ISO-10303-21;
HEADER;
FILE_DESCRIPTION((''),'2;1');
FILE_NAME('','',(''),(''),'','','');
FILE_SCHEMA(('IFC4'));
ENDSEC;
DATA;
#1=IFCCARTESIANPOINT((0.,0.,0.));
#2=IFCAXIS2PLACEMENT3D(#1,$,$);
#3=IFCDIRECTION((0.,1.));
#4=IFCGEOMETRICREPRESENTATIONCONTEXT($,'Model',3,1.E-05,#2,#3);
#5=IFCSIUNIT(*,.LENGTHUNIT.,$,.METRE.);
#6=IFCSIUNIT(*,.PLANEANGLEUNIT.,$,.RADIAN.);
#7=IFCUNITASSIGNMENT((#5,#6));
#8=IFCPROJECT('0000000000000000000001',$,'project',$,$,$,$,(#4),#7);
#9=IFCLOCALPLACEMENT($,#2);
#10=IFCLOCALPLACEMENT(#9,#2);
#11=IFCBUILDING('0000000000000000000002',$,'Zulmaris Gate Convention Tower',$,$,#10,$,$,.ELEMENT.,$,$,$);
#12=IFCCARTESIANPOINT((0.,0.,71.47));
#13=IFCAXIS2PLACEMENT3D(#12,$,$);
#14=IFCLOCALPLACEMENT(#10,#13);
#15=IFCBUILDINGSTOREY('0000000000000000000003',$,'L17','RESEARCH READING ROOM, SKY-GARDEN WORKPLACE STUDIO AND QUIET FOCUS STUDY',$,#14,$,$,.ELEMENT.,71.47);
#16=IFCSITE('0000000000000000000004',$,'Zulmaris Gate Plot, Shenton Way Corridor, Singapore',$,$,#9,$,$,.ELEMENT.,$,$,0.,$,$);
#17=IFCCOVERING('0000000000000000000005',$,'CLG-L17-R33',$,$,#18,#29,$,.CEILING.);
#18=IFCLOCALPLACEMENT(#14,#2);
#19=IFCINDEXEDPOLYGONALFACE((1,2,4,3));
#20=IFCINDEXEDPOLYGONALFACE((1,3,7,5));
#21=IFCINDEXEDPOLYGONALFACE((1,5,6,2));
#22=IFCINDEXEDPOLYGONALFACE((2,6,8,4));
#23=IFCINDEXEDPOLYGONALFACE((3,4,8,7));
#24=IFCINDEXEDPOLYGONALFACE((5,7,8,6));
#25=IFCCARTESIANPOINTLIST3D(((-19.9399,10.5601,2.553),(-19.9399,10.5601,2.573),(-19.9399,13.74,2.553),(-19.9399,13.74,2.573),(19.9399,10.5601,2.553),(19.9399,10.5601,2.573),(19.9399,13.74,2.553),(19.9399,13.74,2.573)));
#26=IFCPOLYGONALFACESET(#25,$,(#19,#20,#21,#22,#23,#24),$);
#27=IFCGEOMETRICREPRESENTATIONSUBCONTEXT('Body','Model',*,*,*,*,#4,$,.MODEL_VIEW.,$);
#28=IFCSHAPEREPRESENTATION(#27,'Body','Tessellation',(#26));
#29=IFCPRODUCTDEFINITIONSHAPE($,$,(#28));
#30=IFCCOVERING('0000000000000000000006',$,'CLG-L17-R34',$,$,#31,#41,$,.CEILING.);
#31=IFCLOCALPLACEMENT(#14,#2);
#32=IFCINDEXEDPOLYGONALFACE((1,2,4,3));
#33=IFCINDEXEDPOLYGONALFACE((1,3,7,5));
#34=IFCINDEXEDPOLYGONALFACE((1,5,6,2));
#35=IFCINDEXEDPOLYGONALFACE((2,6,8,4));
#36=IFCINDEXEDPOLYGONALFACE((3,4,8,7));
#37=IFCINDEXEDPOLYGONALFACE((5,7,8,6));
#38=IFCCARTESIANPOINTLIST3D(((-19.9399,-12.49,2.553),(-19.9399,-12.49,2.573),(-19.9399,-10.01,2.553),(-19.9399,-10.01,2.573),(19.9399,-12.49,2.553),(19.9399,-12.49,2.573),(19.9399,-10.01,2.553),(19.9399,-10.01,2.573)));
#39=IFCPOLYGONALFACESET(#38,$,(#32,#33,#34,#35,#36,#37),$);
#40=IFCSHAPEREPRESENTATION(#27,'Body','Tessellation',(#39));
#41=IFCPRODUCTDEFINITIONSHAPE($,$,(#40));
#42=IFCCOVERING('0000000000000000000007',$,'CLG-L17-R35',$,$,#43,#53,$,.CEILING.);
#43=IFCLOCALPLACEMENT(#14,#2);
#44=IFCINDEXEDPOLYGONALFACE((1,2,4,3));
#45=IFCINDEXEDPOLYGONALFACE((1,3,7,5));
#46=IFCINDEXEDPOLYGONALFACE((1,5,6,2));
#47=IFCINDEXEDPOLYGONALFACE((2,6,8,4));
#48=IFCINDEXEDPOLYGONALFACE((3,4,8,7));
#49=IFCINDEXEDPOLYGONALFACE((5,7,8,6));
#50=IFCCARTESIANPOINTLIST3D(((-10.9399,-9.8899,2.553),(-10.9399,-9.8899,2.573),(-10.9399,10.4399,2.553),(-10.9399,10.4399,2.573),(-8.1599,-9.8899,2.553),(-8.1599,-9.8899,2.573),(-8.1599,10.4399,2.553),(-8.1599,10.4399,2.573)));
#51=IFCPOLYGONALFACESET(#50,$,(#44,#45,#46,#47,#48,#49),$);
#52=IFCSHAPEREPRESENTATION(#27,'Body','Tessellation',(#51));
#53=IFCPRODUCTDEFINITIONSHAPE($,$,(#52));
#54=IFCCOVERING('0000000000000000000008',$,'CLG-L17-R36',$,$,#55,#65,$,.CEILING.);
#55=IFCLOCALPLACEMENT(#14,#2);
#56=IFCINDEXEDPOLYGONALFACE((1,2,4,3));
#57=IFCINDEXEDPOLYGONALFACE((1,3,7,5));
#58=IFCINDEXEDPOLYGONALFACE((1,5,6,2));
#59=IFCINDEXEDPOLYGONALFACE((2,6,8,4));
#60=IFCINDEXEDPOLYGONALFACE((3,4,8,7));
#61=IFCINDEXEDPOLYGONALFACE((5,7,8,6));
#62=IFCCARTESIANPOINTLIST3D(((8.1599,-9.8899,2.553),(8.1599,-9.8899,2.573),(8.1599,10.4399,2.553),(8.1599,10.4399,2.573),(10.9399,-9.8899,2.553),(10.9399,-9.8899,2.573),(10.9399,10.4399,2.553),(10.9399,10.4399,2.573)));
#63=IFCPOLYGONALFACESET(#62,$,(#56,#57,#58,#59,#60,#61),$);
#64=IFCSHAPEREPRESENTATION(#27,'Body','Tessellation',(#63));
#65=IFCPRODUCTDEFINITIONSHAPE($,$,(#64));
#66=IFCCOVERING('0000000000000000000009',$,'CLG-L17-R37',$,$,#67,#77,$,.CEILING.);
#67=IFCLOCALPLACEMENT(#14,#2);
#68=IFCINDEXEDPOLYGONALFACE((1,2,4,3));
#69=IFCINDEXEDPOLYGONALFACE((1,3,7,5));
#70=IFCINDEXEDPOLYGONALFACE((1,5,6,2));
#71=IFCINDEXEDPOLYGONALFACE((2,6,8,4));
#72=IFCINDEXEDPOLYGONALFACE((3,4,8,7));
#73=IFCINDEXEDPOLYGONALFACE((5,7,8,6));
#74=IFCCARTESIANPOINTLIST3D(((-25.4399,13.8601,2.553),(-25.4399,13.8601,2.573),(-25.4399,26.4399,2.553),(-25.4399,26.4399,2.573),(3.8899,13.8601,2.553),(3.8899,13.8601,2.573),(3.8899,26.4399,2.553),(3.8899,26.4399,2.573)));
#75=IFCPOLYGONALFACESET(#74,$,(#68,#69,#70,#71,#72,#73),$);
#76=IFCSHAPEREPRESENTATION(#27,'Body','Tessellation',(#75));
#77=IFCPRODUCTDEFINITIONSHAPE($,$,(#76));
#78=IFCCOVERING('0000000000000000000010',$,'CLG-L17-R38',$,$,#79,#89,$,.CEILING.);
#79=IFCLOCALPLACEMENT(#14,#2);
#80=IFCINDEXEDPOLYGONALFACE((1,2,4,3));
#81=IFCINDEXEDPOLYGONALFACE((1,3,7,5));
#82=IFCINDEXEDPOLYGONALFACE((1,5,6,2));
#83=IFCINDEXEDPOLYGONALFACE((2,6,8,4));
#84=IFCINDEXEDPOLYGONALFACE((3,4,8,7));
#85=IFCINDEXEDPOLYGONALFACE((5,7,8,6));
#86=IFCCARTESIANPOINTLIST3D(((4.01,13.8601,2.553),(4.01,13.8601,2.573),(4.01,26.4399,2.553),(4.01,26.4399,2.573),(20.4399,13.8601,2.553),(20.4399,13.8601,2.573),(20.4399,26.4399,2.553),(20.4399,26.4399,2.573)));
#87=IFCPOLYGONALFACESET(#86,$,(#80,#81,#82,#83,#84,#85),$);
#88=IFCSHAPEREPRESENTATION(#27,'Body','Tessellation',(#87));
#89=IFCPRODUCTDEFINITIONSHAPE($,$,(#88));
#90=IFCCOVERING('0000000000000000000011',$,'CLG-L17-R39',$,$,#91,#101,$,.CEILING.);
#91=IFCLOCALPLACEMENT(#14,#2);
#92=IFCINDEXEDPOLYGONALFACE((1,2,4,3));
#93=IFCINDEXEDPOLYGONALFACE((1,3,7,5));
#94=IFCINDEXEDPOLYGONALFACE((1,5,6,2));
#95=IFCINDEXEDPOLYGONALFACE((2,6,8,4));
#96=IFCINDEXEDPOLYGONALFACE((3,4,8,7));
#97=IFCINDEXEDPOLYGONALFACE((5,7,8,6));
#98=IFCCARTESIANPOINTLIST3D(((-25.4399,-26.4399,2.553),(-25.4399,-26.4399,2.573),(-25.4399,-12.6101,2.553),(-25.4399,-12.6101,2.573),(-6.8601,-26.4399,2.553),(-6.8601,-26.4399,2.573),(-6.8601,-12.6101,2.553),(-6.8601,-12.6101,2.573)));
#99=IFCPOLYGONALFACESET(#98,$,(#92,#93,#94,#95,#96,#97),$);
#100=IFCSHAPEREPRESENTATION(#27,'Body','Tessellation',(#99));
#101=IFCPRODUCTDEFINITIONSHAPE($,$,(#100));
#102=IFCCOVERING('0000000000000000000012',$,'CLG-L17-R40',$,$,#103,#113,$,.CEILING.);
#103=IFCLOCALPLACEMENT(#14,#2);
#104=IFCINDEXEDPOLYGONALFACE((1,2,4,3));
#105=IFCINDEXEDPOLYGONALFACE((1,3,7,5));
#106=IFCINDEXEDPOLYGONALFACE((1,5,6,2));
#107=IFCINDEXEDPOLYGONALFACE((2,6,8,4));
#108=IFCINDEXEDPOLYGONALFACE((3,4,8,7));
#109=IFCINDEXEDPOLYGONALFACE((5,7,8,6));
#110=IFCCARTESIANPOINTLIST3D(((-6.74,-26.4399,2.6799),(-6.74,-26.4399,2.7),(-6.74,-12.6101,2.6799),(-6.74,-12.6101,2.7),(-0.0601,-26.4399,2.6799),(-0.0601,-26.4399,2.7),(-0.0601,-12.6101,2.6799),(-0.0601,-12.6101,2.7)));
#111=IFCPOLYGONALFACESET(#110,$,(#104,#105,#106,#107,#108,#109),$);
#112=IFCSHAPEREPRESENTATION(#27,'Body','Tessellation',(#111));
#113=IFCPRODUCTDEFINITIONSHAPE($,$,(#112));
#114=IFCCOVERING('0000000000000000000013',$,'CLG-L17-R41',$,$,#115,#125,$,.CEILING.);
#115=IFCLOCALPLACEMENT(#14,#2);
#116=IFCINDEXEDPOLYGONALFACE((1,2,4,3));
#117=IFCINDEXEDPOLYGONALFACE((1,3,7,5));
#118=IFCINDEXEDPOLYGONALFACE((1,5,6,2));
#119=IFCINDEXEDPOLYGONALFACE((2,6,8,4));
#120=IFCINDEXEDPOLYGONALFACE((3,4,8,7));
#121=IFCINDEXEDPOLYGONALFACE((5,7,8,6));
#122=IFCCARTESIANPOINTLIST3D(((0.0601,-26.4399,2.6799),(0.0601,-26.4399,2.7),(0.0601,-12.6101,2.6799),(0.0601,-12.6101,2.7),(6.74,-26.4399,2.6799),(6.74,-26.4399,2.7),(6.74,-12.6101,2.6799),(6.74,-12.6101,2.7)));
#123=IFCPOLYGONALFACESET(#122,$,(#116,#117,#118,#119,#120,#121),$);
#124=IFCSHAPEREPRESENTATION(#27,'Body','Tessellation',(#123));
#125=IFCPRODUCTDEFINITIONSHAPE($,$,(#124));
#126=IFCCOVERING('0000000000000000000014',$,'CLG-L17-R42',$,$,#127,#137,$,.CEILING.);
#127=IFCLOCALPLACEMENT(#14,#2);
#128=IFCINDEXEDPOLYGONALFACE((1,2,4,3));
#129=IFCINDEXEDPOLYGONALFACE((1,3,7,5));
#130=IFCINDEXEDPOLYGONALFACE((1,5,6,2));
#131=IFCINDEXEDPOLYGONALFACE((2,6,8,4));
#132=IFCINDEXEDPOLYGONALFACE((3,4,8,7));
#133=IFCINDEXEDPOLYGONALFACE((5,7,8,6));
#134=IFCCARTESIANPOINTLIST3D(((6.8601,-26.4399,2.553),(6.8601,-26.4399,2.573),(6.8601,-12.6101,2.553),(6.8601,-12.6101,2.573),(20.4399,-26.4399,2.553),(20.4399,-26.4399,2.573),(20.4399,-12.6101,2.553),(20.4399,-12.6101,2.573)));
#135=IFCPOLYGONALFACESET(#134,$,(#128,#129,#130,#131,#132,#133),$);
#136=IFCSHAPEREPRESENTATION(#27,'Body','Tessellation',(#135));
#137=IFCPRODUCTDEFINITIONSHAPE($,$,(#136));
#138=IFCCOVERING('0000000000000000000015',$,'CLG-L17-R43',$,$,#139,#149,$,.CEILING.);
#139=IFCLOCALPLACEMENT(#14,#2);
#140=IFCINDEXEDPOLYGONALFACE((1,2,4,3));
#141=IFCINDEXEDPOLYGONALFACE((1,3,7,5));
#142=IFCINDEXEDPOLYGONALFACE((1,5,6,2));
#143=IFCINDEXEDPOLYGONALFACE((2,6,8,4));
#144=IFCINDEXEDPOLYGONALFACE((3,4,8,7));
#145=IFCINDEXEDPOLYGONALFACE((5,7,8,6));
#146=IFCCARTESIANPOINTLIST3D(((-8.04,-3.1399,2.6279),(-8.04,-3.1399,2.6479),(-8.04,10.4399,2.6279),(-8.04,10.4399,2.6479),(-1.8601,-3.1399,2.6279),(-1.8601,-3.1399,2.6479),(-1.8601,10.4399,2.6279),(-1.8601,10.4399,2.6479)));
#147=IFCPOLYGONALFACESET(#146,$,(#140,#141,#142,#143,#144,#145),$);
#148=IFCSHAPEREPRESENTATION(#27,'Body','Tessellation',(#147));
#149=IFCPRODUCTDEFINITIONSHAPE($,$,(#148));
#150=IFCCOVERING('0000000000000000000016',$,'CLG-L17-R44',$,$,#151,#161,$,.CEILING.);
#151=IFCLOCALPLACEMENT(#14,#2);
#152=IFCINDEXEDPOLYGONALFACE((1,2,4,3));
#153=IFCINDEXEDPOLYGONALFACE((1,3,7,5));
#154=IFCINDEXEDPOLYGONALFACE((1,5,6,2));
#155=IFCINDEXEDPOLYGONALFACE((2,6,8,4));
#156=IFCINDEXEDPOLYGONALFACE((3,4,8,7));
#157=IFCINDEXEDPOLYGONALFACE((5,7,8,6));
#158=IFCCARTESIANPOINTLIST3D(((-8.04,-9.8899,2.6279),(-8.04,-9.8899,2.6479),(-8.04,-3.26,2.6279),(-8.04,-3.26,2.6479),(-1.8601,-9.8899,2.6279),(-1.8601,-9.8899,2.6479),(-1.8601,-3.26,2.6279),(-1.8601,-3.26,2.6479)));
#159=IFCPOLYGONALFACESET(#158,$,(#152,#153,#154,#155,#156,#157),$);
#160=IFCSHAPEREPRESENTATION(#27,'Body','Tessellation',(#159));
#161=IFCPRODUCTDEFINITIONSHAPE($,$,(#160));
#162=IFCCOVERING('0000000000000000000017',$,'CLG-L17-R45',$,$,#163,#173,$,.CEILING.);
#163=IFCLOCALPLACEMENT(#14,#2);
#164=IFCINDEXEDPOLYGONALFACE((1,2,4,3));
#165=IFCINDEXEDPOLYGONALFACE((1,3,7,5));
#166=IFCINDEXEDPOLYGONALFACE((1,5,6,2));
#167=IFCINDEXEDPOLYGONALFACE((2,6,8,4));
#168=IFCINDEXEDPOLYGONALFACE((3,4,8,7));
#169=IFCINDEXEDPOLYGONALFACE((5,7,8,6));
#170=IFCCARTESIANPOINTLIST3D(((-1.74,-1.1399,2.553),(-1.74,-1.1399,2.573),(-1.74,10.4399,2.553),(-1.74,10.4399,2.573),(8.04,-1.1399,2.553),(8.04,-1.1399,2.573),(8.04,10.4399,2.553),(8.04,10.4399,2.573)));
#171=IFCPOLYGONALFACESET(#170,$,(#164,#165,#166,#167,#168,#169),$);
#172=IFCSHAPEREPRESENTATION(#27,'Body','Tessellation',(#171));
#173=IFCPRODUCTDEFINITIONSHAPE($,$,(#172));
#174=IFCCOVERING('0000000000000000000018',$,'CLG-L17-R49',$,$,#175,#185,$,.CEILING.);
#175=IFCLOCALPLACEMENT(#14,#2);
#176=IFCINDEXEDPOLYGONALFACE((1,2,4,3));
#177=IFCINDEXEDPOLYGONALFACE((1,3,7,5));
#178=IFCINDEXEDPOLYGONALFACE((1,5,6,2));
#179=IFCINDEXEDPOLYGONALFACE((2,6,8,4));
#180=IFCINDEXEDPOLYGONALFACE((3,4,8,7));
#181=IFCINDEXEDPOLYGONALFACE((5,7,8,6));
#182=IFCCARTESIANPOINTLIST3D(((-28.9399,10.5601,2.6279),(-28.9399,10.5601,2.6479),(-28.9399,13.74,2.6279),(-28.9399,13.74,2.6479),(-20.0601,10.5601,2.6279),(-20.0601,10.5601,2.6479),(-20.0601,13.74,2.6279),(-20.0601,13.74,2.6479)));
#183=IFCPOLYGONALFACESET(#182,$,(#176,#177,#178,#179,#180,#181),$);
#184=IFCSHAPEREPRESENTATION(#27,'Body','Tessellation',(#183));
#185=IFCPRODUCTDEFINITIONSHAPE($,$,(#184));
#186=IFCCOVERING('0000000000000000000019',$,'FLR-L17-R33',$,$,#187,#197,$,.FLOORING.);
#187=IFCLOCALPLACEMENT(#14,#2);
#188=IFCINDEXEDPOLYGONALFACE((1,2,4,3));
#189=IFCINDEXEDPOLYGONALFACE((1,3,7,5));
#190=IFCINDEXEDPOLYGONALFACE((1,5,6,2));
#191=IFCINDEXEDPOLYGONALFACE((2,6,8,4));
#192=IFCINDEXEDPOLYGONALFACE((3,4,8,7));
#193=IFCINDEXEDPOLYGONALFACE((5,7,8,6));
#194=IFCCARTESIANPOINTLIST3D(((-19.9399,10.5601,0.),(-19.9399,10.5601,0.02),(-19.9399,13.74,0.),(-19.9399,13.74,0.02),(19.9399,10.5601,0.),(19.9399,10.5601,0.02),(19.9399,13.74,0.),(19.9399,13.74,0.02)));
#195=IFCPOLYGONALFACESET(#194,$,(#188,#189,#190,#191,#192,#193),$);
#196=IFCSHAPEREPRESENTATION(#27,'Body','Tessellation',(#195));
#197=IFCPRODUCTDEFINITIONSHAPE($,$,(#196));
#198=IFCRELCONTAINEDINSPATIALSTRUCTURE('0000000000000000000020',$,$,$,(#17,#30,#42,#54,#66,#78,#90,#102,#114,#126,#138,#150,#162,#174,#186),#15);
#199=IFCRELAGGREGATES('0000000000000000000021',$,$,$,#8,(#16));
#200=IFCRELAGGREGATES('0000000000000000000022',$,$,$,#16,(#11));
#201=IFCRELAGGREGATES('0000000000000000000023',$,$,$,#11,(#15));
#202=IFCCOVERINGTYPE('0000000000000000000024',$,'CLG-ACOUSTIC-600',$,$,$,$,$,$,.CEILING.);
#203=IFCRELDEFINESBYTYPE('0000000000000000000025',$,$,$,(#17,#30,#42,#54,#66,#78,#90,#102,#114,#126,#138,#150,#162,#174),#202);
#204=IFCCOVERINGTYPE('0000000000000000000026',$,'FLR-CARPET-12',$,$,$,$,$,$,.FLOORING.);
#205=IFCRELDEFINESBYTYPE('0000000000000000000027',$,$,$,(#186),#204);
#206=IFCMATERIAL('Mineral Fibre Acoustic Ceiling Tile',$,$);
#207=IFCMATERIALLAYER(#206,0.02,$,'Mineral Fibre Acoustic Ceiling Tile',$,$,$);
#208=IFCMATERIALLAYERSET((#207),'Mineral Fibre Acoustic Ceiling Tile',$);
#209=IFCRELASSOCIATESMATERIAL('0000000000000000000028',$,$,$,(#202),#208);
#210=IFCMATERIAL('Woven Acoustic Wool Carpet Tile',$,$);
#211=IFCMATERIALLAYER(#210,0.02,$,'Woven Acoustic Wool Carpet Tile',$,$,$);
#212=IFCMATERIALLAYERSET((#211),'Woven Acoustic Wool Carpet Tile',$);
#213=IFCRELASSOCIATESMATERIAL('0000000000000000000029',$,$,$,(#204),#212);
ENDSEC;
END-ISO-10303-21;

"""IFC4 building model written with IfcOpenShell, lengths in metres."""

from ifc_helpers import new_model, si_unit, direction, frame, origin, place, context, subcontext, project, spatial, polyline, outline, extrude, material, layer, layer_set, type_object, element, save


model = new_model("IFC4")

# Units and contexts
model_context = context("Model", 3, precision=1e-05, world=origin(), true_north=direction((0.0, 1.0)))
body_context = subcontext(model_context, "Body", "Model", "MODEL_VIEW")
ifc_project = project(units=[si_unit("LENGTHUNIT", "METRE"), si_unit("PLANEANGLEUNIT", "RADIAN")], contexts=[model_context])

# Site, building, storey
site_placement = place(None, origin())
site = spatial("IfcSite", under=ifc_project, at=site_placement, Name="Zulmaris Gate Plot, Shenton Way Corridor, Singapore", CompositionType="ELEMENT", RefElevation=0.0)
building_placement = place(site_placement, origin())
building = spatial("IfcBuilding", under=site, at=building_placement, Name="Zulmaris Gate Convention Tower", CompositionType="ELEMENT")
storey_placement = place(building_placement, frame((0.0, 0.0, 71.47)))
storey = spatial("IfcBuildingStorey", under=building, at=storey_placement, Name="L17", Description="RESEARCH READING ROOM, SKY-GARDEN WORKPLACE STUDIO AND QUIET FOCUS STUDY", CompositionType="ELEMENT", Elevation=71.47)

# Coverings
ifc_material_1 = material(Name="Mineral Fibre Acoustic Ceiling Tile")
ifc_layer_1 = layer(ifc_material_1, 0.02, Name="Mineral Fibre Acoustic Ceiling Tile")
ifc_layer_set_1 = layer_set([ifc_layer_1], Name="Mineral Fibre Acoustic Ceiling Tile")
covering_type_1 = type_object("IfcCoveringType", Name="CLG-ACOUSTIC-600", PredefinedType="CEILING", material=ifc_layer_set_1)
covering_1_placement = place(storey_placement, frame((0.0, 0.0, 2.553)))
element("IfcCovering", 1, at=covering_1_placement, inside=storey, type_object=covering_type_1, Name="CLG-L17-R33", PredefinedType="CEILING", context=body_context, shape_type="SweptSolid", body=[
    extrude(outline(polyline([(-19.9399, 10.5601), (19.9399, 10.5601), (19.9399, 13.74), (-19.9399, 13.74), (-19.9399, 10.5601)])), origin(), (0.0, 0.0, 1.0), 0.02),
])
covering_2_placement = place(storey_placement, frame((0.0, 0.0, 2.553)))
element("IfcCovering", 2, at=covering_2_placement, inside=storey, type_object=covering_type_1, Name="CLG-L17-R34", PredefinedType="CEILING", context=body_context, shape_type="SweptSolid", body=[
    extrude(outline(polyline([(-19.9399, -12.49), (19.9399, -12.49), (19.9399, -10.01), (-19.9399, -10.01), (-19.9399, -12.49)])), origin(), (0.0, 0.0, 1.0), 0.02),
])
covering_3_placement = place(storey_placement, frame((0.0, 0.0, 2.553)))
element("IfcCovering", 3, at=covering_3_placement, inside=storey, type_object=covering_type_1, Name="CLG-L17-R35", PredefinedType="CEILING", context=body_context, shape_type="SweptSolid", body=[
    extrude(outline(polyline([(-10.9399, -9.8899), (-8.1599, -9.8899), (-8.1599, 10.4399), (-10.9399, 10.4399), (-10.9399, -9.8899)])), origin(), (0.0, 0.0, 1.0), 0.02),
])
covering_4_placement = place(storey_placement, frame((0.0, 0.0, 2.553)))
element("IfcCovering", 4, at=covering_4_placement, inside=storey, type_object=covering_type_1, Name="CLG-L17-R36", PredefinedType="CEILING", context=body_context, shape_type="SweptSolid", body=[
    extrude(outline(polyline([(8.1599, -9.8899), (10.9399, -9.8899), (10.9399, 10.4399), (8.1599, 10.4399), (8.1599, -9.8899)])), origin(), (0.0, 0.0, 1.0), 0.02),
])
covering_5_placement = place(storey_placement, frame((0.0, 0.0, 2.553)))
element("IfcCovering", 5, at=covering_5_placement, inside=storey, type_object=covering_type_1, Name="CLG-L17-R37", PredefinedType="CEILING", context=body_context, shape_type="SweptSolid", body=[
    extrude(outline(polyline([(-25.4399, 13.8601), (3.8899, 13.8601), (3.8899, 26.4399), (-25.4399, 26.4399), (-25.4399, 13.8601)])), origin(), (0.0, 0.0, 1.0), 0.02),
])
covering_6_placement = place(storey_placement, frame((0.0, 0.0, 2.553)))
element("IfcCovering", 6, at=covering_6_placement, inside=storey, type_object=covering_type_1, Name="CLG-L17-R38", PredefinedType="CEILING", context=body_context, shape_type="SweptSolid", body=[
    extrude(outline(polyline([(4.01, 13.8601), (20.4399, 13.8601), (20.4399, 26.4399), (4.01, 26.4399), (4.01, 13.8601)])), origin(), (0.0, 0.0, 1.0), 0.02),
])
covering_7_placement = place(storey_placement, frame((0.0, 0.0, 2.553)))
element("IfcCovering", 7, at=covering_7_placement, inside=storey, type_object=covering_type_1, Name="CLG-L17-R39", PredefinedType="CEILING", context=body_context, shape_type="SweptSolid", body=[
    extrude(outline(polyline([(-25.4399, -26.4399), (-6.8601, -26.4399), (-6.8601, -12.6101), (-25.4399, -12.6101), (-25.4399, -26.4399)])), origin(), (0.0, 0.0, 1.0), 0.02),
])
covering_8_placement = place(storey_placement, frame((0.0, 0.0, 2.6799)))
element("IfcCovering", 8, at=covering_8_placement, inside=storey, type_object=covering_type_1, Name="CLG-L17-R40", PredefinedType="CEILING", context=body_context, shape_type="SweptSolid", body=[
    extrude(outline(polyline([(-6.74, -26.4399), (-0.0601, -26.4399), (-0.0601, -12.6101), (-6.74, -12.6101), (-6.74, -26.4399)])), origin(), (0.0, 0.0, 1.0), 0.02),
])
covering_9_placement = place(storey_placement, frame((0.0, 0.0, 2.6799)))
element("IfcCovering", 9, at=covering_9_placement, inside=storey, type_object=covering_type_1, Name="CLG-L17-R41", PredefinedType="CEILING", context=body_context, shape_type="SweptSolid", body=[
    extrude(outline(polyline([(0.0601, -26.4399), (6.74, -26.4399), (6.74, -12.6101), (0.0601, -12.6101), (0.0601, -26.4399)])), origin(), (0.0, 0.0, 1.0), 0.02),
])
covering_10_placement = place(storey_placement, frame((0.0, 0.0, 2.553)))
element("IfcCovering", 10, at=covering_10_placement, inside=storey, type_object=covering_type_1, Name="CLG-L17-R42", PredefinedType="CEILING", context=body_context, shape_type="SweptSolid", body=[
    extrude(outline(polyline([(6.8601, -26.4399), (20.4399, -26.4399), (20.4399, -12.6101), (6.8601, -12.6101), (6.8601, -26.4399)])), origin(), (0.0, 0.0, 1.0), 0.02),
])
covering_11_placement = place(storey_placement, frame((0.0, 0.0, 2.6279)))
element("IfcCovering", 11, at=covering_11_placement, inside=storey, type_object=covering_type_1, Name="CLG-L17-R43", PredefinedType="CEILING", context=body_context, shape_type="SweptSolid", body=[
    extrude(outline(polyline([(-8.04, -3.1399), (-1.8601, -3.1399), (-1.8601, 10.4399), (-8.04, 10.4399), (-8.04, -3.1399)])), origin(), (0.0, 0.0, 1.0), 0.02),
])
covering_12_placement = place(storey_placement, frame((0.0, 0.0, 2.6279)))
element("IfcCovering", 12, at=covering_12_placement, inside=storey, type_object=covering_type_1, Name="CLG-L17-R44", PredefinedType="CEILING", context=body_context, shape_type="SweptSolid", body=[
    extrude(outline(polyline([(-8.04, -9.8899), (-1.8601, -9.8899), (-1.8601, -3.26), (-8.04, -3.26), (-8.04, -9.8899)])), origin(), (0.0, 0.0, 1.0), 0.02),
])
covering_13_placement = place(storey_placement, frame((0.0, 0.0, 2.553)))
element("IfcCovering", 13, at=covering_13_placement, inside=storey, type_object=covering_type_1, Name="CLG-L17-R45", PredefinedType="CEILING", context=body_context, shape_type="SweptSolid", body=[
    extrude(outline(polyline([(-1.74, -1.1399), (8.04, -1.1399), (8.04, 10.4399), (-1.74, 10.4399), (-1.74, -1.1399)])), origin(), (0.0, 0.0, 1.0), 0.02),
])
covering_14_placement = place(storey_placement, frame((0.0, 0.0, 2.6279)))
element("IfcCovering", 14, at=covering_14_placement, inside=storey, type_object=covering_type_1, Name="CLG-L17-R49", PredefinedType="CEILING", context=body_context, shape_type="SweptSolid", body=[
    extrude(outline(polyline([(-28.9399, 10.5601), (-20.0601, 10.5601), (-20.0601, 13.74), (-28.9399, 13.74), (-28.9399, 10.5601)])), origin(), (0.0, 0.0, 1.0), 0.02),
])
ifc_material_2 = material(Name="Woven Acoustic Wool Carpet Tile")
ifc_layer_2 = layer(ifc_material_2, 0.02, Name="Woven Acoustic Wool Carpet Tile")
ifc_layer_set_2 = layer_set([ifc_layer_2], Name="Woven Acoustic Wool Carpet Tile")
covering_type_2 = type_object("IfcCoveringType", Name="FLR-CARPET-12", PredefinedType="FLOORING", material=ifc_layer_set_2)
covering_15_placement = place(storey_placement, origin())
element("IfcCovering", 15, at=covering_15_placement, inside=storey, type_object=covering_type_2, Name="FLR-L17-R33", PredefinedType="FLOORING", context=body_context, shape_type="SweptSolid", body=[
    extrude(outline(polyline([(-19.9399, 10.5601), (19.9399, 10.5601), (19.9399, 13.74), (-19.9399, 13.74), (-19.9399, 10.5601)])), origin(), (0.0, 0.0, 1.0), 0.02),
])

save(model, "model.ifc")
